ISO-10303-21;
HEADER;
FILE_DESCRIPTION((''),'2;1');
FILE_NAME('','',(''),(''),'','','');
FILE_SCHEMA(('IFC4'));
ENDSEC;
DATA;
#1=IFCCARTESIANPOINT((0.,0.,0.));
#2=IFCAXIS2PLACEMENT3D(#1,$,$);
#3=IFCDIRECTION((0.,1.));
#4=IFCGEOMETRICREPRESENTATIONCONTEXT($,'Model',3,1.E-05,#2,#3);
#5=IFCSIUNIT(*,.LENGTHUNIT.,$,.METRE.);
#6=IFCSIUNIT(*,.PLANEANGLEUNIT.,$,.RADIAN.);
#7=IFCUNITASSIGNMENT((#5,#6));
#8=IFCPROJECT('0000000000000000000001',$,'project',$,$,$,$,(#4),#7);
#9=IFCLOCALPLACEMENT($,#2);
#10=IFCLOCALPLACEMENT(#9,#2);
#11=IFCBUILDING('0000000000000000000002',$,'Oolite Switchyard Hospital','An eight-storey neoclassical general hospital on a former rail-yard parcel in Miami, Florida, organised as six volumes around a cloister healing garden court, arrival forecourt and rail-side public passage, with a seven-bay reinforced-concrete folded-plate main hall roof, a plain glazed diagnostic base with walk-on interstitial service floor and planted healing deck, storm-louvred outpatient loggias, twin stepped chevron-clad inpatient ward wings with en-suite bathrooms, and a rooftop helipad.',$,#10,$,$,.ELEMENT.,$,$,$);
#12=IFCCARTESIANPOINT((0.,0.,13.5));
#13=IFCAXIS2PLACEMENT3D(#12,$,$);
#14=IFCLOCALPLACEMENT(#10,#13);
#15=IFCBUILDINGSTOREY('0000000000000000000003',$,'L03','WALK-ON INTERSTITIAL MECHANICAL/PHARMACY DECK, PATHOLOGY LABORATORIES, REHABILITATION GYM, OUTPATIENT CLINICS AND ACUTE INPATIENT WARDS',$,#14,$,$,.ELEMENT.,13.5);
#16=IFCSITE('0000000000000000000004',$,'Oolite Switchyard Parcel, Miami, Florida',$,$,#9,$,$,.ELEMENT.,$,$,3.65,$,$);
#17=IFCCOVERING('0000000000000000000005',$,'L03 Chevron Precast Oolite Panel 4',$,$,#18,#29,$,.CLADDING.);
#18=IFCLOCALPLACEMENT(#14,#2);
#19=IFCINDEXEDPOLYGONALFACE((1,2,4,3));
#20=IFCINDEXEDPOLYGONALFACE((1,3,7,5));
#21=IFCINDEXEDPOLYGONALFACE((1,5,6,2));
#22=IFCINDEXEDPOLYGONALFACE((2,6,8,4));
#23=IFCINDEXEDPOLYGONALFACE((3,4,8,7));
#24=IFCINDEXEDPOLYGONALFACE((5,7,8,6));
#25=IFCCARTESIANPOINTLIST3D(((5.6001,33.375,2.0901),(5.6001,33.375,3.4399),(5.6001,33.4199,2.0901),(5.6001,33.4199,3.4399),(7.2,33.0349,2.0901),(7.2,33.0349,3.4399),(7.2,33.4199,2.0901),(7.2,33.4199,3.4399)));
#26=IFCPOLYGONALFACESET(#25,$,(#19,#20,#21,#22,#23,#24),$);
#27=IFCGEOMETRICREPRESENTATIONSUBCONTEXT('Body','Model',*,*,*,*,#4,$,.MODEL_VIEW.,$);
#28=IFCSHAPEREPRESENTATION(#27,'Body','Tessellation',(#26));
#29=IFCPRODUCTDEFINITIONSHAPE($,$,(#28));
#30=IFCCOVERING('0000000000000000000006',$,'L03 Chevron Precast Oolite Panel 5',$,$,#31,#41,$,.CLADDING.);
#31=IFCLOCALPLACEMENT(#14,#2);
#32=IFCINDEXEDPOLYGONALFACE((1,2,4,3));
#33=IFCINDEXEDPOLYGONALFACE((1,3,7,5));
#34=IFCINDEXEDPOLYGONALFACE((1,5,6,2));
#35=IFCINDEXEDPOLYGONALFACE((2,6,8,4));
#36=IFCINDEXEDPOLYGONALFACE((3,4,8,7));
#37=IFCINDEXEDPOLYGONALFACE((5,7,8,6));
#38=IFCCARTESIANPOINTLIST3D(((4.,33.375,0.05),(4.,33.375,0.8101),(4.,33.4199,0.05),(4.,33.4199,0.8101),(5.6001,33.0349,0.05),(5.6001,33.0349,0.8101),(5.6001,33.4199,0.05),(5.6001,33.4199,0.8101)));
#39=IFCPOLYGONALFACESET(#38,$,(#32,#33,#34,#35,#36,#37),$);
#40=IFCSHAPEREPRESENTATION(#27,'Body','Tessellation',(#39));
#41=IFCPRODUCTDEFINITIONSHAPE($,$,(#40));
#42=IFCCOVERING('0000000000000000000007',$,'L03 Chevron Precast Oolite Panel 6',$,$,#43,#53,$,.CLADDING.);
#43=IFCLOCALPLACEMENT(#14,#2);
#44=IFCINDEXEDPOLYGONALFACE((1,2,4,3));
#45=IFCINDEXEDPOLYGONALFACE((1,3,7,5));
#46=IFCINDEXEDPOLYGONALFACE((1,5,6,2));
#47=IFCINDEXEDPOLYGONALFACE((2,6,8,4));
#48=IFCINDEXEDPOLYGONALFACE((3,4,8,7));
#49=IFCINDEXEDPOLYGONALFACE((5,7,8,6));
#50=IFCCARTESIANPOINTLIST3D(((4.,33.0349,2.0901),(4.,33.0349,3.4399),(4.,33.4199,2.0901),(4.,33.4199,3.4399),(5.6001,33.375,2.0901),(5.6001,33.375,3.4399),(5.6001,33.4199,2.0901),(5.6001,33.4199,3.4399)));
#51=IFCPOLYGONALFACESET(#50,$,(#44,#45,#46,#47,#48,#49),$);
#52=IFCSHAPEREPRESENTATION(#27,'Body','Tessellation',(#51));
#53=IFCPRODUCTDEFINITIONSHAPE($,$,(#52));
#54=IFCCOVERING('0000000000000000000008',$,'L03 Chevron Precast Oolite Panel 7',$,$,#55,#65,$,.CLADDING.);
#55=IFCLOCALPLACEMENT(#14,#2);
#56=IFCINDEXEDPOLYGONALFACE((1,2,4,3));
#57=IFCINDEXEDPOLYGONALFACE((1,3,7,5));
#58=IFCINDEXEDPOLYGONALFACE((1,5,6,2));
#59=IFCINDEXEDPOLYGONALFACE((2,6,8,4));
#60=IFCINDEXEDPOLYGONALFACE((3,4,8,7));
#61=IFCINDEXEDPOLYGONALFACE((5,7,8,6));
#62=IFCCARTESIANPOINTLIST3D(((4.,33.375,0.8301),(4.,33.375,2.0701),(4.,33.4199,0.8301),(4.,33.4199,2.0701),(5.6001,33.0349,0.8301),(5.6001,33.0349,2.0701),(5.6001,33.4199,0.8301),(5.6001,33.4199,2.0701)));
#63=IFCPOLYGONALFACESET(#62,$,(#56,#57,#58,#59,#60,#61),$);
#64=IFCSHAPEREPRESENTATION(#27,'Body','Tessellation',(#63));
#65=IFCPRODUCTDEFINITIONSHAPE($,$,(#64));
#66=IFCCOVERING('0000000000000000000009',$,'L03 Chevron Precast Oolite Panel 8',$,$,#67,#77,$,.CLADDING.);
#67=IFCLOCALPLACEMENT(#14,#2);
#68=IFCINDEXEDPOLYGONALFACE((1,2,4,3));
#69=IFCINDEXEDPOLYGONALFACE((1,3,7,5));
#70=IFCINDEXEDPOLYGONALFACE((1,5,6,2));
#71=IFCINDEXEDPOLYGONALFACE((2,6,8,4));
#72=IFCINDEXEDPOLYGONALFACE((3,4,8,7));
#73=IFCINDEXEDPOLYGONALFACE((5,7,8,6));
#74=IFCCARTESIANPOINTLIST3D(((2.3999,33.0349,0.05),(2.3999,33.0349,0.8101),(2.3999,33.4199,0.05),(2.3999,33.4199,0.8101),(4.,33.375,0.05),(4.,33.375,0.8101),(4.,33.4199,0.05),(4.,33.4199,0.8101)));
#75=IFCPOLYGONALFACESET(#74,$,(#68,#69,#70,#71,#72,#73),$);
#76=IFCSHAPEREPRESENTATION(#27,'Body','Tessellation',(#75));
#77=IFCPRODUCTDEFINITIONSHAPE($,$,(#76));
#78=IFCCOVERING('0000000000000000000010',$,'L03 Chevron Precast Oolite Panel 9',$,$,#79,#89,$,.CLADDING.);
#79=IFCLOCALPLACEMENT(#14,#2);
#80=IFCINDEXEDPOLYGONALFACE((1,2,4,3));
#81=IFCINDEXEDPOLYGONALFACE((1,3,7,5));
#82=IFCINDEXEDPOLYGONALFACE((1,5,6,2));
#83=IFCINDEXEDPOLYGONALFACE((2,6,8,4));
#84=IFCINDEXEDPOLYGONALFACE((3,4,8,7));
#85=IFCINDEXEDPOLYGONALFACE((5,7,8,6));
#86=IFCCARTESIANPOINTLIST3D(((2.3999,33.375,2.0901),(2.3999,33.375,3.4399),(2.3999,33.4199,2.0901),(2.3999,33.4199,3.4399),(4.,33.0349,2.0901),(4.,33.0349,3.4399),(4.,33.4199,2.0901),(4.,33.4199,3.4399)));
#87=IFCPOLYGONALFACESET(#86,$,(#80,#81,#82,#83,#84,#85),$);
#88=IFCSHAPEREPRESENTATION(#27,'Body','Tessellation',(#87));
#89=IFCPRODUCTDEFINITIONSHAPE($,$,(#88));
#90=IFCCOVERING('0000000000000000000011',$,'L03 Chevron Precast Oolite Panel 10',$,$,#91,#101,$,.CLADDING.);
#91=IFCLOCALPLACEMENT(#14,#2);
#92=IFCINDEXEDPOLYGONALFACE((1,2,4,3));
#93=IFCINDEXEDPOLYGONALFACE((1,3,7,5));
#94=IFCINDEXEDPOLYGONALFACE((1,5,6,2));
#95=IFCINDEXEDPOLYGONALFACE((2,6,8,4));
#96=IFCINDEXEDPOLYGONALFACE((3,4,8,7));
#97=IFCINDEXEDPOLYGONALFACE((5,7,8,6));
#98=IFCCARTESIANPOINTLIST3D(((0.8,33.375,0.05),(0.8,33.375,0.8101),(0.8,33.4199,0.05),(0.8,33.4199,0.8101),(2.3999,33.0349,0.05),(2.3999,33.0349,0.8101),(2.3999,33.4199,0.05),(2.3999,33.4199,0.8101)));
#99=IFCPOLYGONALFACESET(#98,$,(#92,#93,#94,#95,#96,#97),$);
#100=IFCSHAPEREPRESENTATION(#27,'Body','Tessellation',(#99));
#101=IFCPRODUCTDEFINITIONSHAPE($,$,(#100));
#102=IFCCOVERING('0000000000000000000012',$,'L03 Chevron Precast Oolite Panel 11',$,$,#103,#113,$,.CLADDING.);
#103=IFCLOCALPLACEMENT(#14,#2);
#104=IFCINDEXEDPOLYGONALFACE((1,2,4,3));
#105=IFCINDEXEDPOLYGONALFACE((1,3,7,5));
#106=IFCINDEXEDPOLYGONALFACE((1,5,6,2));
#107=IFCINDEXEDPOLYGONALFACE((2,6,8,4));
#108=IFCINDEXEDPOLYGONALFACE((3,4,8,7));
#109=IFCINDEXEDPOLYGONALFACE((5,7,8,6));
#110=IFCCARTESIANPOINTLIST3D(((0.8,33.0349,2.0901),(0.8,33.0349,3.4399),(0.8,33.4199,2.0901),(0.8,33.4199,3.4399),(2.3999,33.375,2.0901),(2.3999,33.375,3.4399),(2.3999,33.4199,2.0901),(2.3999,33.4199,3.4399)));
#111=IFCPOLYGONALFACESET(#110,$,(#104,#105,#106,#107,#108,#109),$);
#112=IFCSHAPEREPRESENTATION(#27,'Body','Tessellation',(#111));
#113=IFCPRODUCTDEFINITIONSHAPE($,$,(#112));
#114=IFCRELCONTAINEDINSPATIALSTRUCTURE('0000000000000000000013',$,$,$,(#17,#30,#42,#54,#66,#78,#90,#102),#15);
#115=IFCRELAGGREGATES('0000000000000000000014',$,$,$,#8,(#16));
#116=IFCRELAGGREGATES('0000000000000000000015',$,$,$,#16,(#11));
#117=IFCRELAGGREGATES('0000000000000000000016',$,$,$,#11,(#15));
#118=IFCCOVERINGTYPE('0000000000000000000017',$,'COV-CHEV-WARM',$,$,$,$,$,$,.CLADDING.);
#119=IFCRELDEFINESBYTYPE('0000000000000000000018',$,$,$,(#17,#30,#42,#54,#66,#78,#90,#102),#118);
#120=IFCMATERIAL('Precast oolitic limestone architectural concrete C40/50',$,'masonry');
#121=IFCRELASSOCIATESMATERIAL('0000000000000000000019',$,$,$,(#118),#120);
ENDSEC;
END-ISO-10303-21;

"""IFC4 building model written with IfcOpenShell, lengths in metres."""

from ifc_helpers import new_model, si_unit, direction, frame, origin, place, context, subcontext, project, spatial, polyline, outline, extrude, material, type_object, element, save


model = new_model("IFC4")

# Units and contexts
model_context = context("Model", 3, precision=1e-05, world=origin(), true_north=direction((0.0, 1.0)))
body_context = subcontext(model_context, "Body", "Model", "MODEL_VIEW")
ifc_project = project(units=[si_unit("LENGTHUNIT", "METRE"), si_unit("PLANEANGLEUNIT", "RADIAN")], contexts=[model_context])

# Site, building, storey
site_placement = place(None, origin())
site = spatial("IfcSite", under=ifc_project, at=site_placement, Name="Oolite Switchyard Parcel, Miami, Florida", CompositionType="ELEMENT", RefElevation=3.65)
building_placement = place(site_placement, origin())
building = spatial("IfcBuilding", under=site, at=building_placement, Name="Oolite Switchyard Hospital", Description="An eight-storey neoclassical general hospital on a former rail-yard parcel in Miami, Florida, organised as six volumes around a cloister healing garden court, arrival forecourt and rail-side public passage, with a seven-bay reinforced-concrete folded-plate main hall roof, a plain glazed diagnostic base with walk-on interstitial service floor and planted healing deck, storm-louvred outpatient loggias, twin stepped chevron-clad inpatient ward wings with en-suite bathrooms, and a rooftop helipad.", CompositionType="ELEMENT")
storey_placement = place(building_placement, frame((0.0, 0.0, 13.5)))
storey = spatial("IfcBuildingStorey", under=building, at=storey_placement, Name="L03", Description="WALK-ON INTERSTITIAL MECHANICAL/PHARMACY DECK, PATHOLOGY LABORATORIES, REHABILITATION GYM, OUTPATIENT CLINICS AND ACUTE INPATIENT WARDS", CompositionType="ELEMENT", Elevation=13.5)

# Shared definitions
ifc_material_1 = material(Name="Precast oolitic limestone architectural concrete C40/50", Category="masonry")

# Coverings
covering_type = type_object("IfcCoveringType", Name="COV-CHEV-WARM", PredefinedType="CLADDING", material=ifc_material_1)
covering_1_placement = place(storey_placement, frame((7.2, 33.4199, 2.0901), z_axis=(0.0, 0.0, 1.0), x_axis=(-1.0, 0.0, 0.0)))
element("IfcCovering", 1, at=covering_1_placement, inside=storey, type_object=covering_type, Name="L03 Chevron Precast Oolite Panel 4", PredefinedType="CLADDING", context=body_context, shape_type="SweptSolid", body=[
    extrude(outline(polyline([(0.0, 0.0), (1.5999, 0.0), (1.5999, 0.0449), (0.0, 0.385), (0.0, 0.0)])), origin(), (0.0, 0.0, 1.0), 1.3499),
])
covering_2_placement = place(storey_placement, frame((5.6001, 33.4199, 0.05), z_axis=(0.0, 0.0, 1.0), x_axis=(-1.0, 0.0, 0.0)))
element("IfcCovering", 2, at=covering_2_placement, inside=storey, type_object=covering_type, Name="L03 Chevron Precast Oolite Panel 5", PredefinedType="CLADDING", context=body_context, shape_type="SweptSolid", body=[
    extrude(outline(polyline([(0.0, 0.0), (1.6001, 0.0), (1.6001, 0.0449), (0.0, 0.385), (0.0, 0.0)])), origin(), (0.0, 0.0, 1.0), 0.76),
])
covering_3_placement = place(storey_placement, frame((5.6001, 33.4199, 2.0901), z_axis=(0.0, 0.0, 1.0), x_axis=(-1.0, 0.0, 0.0)))
element("IfcCovering", 3, at=covering_3_placement, inside=storey, type_object=covering_type, Name="L03 Chevron Precast Oolite Panel 6", PredefinedType="CLADDING", context=body_context, shape_type="SweptSolid", body=[
    extrude(outline(polyline([(0.0, 0.0), (1.6001, 0.0), (1.6001, 0.385), (0.0, 0.0449), (0.0, 0.0)])), origin(), (0.0, 0.0, 1.0), 1.3499),
])
covering_4_placement = place(storey_placement, frame((5.6001, 33.4199, 0.8301), z_axis=(0.0, 0.0, 1.0), x_axis=(-1.0, 0.0, 0.0)))
element("IfcCovering", 4, at=covering_4_placement, inside=storey, type_object=covering_type, Name="L03 Chevron Precast Oolite Panel 7", PredefinedType="CLADDING", context=body_context, shape_type="SweptSolid", body=[
    extrude(outline(polyline([(0.0, 0.0), (1.6001, 0.0), (1.6001, 0.0449), (0.0, 0.385), (0.0, 0.0)])), origin(), (0.0, 0.0, 1.0), 1.24),
])
covering_5_placement = place(storey_placement, frame((4.0, 33.4199, 0.05), z_axis=(0.0, 0.0, 1.0), x_axis=(-1.0, 0.0, 0.0)))
element("IfcCovering", 5, at=covering_5_placement, inside=storey, type_object=covering_type, Name="L03 Chevron Precast Oolite Panel 8", PredefinedType="CLADDING", context=body_context, shape_type="SweptSolid", body=[
    extrude(outline(polyline([(0.0, 0.0), (1.6001, 0.0), (1.6001, 0.385), (0.0, 0.0449), (0.0, 0.0)])), origin(), (0.0, 0.0, 1.0), 0.76),
])
covering_6_placement = place(storey_placement, frame((4.0, 33.4199, 2.0901), z_axis=(0.0, 0.0, 1.0), x_axis=(-1.0, 0.0, 0.0)))
element("IfcCovering", 6, at=covering_6_placement, inside=storey, type_object=covering_type, Name="L03 Chevron Precast Oolite Panel 9", PredefinedType="CLADDING", context=body_context, shape_type="SweptSolid", body=[
    extrude(outline(polyline([(0.0, 0.0), (1.6001, 0.0), (1.6001, 0.0449), (0.0, 0.385), (0.0, 0.0)])), origin(), (0.0, 0.0, 1.0), 1.3499),
])
covering_7_placement = place(storey_placement, frame((2.3999, 33.4199, 0.05), z_axis=(0.0, 0.0, 1.0), x_axis=(-1.0, 0.0, 0.0)))
element("IfcCovering", 7, at=covering_7_placement, inside=storey, type_object=covering_type, Name="L03 Chevron Precast Oolite Panel 10", PredefinedType="CLADDING", context=body_context, shape_type="SweptSolid", body=[
    extrude(outline(polyline([(0.0, 0.0), (1.5999, 0.0), (1.5999, 0.0449), (0.0, 0.385), (0.0, 0.0)])), origin(), (0.0, 0.0, 1.0), 0.76),
])
covering_8_placement = place(storey_placement, frame((2.3999, 33.4199, 2.0901), z_axis=(0.0, 0.0, 1.0), x_axis=(-1.0, 0.0, 0.0)))
element("IfcCovering", 8, at=covering_8_placement, inside=storey, type_object=covering_type, Name="L03 Chevron Precast Oolite Panel 11", PredefinedType="CLADDING", context=body_context, shape_type="SweptSolid", body=[
    extrude(outline(polyline([(0.0, 0.0), (1.5999, 0.0), (1.5999, 0.385), (0.0, 0.0449), (0.0, 0.0)])), origin(), (0.0, 0.0, 1.0), 1.3499),
])

save(model, "model.ifc")
